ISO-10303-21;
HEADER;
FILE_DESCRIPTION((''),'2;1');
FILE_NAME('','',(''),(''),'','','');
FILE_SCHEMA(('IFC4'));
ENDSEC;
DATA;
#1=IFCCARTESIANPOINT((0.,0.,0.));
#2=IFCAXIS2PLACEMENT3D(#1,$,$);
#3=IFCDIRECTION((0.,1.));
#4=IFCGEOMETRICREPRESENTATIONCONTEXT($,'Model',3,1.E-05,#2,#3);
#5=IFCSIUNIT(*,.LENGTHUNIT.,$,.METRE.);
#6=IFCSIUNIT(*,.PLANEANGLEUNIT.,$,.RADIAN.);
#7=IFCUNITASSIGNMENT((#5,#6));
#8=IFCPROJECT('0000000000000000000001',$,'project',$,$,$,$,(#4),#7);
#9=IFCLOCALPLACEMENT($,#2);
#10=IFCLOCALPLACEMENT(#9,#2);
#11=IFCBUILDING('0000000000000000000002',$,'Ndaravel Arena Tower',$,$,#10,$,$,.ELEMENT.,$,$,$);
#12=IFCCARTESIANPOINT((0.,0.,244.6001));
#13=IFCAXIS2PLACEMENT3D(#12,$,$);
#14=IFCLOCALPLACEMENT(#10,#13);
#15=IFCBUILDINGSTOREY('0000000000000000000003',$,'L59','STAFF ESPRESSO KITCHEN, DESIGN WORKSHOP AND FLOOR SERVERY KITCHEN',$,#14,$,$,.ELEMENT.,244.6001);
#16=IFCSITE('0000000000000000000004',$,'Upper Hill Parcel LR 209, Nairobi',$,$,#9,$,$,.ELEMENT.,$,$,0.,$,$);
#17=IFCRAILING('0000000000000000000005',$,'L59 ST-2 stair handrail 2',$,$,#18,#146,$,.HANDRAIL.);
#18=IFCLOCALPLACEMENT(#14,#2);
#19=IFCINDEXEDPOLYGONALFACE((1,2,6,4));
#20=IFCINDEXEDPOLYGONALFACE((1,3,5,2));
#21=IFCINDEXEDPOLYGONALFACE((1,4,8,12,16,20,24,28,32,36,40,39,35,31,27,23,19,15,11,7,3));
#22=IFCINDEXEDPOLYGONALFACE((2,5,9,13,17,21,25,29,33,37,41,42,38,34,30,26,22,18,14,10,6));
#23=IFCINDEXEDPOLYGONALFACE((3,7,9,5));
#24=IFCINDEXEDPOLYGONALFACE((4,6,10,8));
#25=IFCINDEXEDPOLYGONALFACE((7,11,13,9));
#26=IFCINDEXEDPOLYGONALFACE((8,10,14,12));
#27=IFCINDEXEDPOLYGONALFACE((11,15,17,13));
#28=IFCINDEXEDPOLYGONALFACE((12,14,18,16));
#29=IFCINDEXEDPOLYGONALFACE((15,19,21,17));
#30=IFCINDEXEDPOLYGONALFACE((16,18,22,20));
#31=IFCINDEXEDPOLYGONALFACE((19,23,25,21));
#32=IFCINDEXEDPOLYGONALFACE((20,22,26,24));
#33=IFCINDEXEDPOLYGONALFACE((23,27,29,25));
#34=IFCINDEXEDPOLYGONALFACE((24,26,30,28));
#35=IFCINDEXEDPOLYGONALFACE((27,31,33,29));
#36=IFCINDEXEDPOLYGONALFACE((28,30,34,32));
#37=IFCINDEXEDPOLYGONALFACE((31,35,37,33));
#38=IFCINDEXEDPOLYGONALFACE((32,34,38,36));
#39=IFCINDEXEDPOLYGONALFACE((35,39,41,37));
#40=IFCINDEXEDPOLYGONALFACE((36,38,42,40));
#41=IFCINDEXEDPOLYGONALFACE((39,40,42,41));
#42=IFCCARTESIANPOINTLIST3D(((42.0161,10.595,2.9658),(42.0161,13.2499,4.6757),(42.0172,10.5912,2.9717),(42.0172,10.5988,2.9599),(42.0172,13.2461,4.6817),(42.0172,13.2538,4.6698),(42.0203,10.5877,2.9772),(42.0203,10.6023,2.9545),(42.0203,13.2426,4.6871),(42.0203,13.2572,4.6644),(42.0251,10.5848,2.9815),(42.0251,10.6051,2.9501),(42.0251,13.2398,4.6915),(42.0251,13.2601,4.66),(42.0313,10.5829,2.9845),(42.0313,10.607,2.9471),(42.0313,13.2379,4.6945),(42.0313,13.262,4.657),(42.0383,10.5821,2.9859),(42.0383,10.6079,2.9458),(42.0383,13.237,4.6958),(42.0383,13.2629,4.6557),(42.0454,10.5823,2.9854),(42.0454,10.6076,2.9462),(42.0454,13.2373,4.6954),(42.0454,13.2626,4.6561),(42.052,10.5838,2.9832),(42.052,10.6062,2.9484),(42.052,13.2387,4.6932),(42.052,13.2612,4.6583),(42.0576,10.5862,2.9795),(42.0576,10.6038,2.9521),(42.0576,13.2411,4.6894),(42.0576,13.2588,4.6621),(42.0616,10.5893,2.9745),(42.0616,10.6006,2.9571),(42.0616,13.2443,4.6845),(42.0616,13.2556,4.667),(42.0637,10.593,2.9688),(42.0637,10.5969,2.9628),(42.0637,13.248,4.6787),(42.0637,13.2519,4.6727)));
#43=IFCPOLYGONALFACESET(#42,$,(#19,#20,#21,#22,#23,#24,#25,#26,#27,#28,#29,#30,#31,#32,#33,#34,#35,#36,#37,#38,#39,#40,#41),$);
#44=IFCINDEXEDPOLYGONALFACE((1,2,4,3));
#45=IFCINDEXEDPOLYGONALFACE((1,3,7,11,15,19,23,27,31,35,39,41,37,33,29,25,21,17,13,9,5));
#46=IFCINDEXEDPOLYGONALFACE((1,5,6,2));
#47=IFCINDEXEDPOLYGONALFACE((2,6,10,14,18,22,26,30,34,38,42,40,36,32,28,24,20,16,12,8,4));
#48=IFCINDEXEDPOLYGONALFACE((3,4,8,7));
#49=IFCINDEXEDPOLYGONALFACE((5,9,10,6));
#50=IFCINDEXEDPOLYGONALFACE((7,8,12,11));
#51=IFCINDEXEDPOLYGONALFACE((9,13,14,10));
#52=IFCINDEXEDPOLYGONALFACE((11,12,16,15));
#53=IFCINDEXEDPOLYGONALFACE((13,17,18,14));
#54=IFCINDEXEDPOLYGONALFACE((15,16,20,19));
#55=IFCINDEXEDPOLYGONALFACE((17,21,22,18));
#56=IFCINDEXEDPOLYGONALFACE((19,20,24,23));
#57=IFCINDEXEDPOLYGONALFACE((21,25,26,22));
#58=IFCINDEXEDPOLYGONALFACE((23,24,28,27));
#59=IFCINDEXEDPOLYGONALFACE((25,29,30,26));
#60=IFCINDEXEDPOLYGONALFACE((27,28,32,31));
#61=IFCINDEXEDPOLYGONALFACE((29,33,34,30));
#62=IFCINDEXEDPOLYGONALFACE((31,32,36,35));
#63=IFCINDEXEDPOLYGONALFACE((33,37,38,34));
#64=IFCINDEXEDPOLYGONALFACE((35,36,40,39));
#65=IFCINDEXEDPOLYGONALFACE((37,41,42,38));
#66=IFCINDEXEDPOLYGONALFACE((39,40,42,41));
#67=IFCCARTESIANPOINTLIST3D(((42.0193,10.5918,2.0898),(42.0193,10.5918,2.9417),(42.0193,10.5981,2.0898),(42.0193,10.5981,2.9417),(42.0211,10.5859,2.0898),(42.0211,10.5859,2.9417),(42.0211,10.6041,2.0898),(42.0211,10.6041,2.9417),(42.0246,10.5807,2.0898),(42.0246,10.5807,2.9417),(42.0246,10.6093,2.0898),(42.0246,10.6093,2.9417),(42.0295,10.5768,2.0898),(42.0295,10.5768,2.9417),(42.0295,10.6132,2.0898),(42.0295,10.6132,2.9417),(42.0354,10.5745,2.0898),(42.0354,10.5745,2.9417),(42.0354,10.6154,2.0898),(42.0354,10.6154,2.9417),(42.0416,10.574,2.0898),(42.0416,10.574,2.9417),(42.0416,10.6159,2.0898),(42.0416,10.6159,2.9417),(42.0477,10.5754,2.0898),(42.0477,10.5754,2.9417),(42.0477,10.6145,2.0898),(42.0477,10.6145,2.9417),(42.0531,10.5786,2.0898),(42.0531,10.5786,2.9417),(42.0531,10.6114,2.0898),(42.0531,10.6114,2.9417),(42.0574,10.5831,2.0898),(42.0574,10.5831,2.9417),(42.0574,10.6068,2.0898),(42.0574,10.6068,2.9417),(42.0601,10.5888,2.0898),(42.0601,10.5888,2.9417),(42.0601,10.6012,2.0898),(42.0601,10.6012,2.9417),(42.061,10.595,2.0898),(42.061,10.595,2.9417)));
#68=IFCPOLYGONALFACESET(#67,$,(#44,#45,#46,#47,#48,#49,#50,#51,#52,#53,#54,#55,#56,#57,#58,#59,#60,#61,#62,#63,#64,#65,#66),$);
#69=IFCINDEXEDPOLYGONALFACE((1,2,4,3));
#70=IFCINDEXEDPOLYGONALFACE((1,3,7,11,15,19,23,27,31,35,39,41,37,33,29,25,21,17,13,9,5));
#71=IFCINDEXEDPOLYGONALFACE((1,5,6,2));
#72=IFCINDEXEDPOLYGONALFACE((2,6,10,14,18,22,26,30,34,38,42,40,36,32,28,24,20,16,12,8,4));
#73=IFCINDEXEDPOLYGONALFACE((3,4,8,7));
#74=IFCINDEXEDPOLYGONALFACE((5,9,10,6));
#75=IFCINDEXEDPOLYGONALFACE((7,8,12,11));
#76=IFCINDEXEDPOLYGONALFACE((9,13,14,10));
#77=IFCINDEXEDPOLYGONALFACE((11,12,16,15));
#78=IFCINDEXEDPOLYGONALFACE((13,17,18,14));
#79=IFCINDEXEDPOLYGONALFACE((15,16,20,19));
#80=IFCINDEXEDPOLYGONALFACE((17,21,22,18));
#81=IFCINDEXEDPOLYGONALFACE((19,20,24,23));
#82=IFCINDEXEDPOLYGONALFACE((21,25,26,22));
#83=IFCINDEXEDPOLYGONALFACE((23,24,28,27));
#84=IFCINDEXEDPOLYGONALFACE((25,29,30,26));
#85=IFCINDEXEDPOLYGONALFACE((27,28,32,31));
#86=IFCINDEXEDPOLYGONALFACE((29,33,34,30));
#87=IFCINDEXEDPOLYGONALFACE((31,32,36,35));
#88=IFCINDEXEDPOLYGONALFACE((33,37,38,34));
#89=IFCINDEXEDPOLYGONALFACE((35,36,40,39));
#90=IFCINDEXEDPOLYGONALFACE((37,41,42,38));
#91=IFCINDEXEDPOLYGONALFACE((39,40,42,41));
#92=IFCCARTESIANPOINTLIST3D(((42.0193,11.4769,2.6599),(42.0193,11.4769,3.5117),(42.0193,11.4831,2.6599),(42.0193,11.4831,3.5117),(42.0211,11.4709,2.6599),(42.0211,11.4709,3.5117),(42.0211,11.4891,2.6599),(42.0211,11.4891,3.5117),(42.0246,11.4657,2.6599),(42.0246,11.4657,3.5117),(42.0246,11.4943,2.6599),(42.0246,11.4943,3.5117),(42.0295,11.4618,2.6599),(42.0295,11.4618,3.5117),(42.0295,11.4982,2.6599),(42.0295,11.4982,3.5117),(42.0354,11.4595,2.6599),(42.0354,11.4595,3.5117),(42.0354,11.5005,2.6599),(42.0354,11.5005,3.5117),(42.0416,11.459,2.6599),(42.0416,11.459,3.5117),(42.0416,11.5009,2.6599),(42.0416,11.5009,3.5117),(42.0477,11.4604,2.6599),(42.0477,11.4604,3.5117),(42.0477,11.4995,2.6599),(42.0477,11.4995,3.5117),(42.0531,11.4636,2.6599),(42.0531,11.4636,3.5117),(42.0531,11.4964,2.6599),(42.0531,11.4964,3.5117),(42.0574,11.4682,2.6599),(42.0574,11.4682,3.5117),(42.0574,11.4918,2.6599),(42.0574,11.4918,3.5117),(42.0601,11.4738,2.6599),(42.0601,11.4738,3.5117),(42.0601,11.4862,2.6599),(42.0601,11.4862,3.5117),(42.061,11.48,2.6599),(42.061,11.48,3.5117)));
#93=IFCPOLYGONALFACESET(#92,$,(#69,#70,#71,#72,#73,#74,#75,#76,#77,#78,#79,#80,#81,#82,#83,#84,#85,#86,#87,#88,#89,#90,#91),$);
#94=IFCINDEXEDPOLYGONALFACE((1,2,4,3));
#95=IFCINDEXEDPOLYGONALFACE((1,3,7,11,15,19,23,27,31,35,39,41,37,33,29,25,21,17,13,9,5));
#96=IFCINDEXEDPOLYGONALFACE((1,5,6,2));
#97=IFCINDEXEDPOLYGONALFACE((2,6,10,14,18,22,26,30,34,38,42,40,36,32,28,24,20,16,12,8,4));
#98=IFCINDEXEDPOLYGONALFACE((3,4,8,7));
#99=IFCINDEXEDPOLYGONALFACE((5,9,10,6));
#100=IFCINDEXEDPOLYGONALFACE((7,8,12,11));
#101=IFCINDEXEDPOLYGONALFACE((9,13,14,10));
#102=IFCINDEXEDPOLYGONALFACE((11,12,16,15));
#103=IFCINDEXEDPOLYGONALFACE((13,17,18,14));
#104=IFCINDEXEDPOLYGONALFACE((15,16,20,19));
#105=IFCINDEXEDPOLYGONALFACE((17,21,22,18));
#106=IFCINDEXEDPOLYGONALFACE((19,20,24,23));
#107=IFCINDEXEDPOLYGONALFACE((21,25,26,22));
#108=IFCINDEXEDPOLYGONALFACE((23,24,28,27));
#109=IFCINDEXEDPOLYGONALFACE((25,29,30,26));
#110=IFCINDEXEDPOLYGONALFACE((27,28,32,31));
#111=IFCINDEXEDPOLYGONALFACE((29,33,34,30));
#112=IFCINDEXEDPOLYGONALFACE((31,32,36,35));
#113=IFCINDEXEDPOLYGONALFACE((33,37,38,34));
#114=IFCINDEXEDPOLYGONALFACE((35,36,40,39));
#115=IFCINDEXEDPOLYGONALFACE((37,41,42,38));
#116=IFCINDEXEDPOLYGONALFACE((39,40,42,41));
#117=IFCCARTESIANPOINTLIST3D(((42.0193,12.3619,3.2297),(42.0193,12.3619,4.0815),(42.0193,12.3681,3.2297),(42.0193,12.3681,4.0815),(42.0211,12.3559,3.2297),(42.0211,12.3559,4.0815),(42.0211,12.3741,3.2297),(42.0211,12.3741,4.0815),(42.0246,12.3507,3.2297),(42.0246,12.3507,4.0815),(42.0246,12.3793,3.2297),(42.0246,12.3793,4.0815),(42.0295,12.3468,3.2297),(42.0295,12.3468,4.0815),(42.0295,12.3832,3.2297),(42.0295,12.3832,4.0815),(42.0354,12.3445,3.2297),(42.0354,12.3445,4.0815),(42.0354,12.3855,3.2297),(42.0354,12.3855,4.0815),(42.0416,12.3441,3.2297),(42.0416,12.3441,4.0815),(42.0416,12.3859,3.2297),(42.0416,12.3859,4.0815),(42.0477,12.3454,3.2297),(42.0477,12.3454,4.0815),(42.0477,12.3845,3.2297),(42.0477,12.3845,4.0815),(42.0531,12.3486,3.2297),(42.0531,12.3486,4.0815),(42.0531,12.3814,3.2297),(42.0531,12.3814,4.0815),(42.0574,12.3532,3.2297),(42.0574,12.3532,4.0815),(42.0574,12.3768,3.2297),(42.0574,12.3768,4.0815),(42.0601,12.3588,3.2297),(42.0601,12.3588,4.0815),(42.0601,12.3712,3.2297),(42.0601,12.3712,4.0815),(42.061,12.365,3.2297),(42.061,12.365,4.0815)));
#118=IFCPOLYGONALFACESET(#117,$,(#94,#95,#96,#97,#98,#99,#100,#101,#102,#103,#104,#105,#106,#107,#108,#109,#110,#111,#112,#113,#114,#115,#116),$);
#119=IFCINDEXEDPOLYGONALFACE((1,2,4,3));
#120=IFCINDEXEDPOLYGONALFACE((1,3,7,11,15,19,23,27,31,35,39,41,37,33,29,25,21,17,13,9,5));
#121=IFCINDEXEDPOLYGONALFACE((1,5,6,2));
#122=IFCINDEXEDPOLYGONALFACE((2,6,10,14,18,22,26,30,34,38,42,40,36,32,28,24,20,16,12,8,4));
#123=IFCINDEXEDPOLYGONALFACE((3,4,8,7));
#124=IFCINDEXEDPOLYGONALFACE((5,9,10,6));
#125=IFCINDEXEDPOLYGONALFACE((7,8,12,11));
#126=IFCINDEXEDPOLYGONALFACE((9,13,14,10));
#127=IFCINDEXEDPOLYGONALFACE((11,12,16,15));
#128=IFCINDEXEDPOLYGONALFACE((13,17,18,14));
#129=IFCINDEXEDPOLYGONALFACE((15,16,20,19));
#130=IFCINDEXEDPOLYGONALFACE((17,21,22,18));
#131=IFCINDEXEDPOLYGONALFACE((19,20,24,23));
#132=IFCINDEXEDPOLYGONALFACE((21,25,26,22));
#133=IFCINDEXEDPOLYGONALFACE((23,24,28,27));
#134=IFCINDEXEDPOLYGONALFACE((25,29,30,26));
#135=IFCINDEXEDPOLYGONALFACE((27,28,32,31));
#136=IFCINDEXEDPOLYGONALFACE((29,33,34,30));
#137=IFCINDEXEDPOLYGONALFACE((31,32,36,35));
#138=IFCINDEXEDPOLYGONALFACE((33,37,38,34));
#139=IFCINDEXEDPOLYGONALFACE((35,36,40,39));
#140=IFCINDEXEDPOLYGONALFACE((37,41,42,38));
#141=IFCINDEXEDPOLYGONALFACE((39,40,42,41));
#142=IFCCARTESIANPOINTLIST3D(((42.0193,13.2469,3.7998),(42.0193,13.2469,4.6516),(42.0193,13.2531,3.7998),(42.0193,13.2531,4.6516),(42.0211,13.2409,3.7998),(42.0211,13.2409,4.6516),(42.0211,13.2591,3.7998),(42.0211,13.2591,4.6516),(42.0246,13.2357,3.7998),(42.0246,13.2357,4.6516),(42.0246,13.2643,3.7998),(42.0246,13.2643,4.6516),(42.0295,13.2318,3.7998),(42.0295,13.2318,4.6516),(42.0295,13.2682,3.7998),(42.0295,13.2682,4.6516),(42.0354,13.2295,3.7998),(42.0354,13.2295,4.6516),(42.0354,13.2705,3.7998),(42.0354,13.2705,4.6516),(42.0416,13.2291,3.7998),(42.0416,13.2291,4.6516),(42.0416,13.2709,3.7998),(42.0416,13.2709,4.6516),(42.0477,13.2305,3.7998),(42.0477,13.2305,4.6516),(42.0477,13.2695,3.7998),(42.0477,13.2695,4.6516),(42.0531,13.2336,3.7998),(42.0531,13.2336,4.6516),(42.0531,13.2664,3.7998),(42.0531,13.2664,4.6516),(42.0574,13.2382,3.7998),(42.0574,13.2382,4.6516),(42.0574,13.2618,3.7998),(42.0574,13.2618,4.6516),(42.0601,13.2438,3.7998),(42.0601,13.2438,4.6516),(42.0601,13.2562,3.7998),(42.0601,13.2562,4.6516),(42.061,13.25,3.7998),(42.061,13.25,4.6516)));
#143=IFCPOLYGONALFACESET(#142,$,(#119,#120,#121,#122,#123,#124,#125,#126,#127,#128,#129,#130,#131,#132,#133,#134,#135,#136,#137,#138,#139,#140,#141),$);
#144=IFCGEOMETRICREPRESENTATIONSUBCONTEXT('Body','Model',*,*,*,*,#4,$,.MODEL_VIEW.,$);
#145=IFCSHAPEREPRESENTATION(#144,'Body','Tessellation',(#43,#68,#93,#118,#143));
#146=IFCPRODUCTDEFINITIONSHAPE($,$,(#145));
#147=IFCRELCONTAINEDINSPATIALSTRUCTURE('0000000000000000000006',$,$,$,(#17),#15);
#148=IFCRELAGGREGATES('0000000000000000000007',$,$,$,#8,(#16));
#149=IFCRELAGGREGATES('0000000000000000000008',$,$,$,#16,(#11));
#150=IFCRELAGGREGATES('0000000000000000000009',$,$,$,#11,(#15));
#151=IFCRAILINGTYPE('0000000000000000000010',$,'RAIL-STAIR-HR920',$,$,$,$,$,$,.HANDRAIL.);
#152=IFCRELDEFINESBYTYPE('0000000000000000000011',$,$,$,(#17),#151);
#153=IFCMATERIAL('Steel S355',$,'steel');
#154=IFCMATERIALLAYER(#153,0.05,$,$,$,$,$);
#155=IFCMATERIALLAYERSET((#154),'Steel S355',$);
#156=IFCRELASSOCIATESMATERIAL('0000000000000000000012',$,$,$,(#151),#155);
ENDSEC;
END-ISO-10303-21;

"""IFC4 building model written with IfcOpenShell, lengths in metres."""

from ifc_helpers import new_model, si_unit, direction, frame, origin, origin_2d, place, context, subcontext, project, spatial, circle, extrude, material, layer, layer_set, type_object, element, save


model = new_model("IFC4")

# Units and contexts
model_context = context("Model", 3, precision=1e-05, world=origin(), true_north=direction((0.0, 1.0)))
body_context = subcontext(model_context, "Body", "Model", "MODEL_VIEW")
ifc_project = project(units=[si_unit("LENGTHUNIT", "METRE"), si_unit("PLANEANGLEUNIT", "RADIAN")], contexts=[model_context])

# Site, building, storey
site_placement = place(None, origin())
site = spatial("IfcSite", under=ifc_project, at=site_placement, Name="Upper Hill Parcel LR 209, Nairobi", CompositionType="ELEMENT", RefElevation=0.0)
building_placement = place(site_placement, origin())
building = spatial("IfcBuilding", under=site, at=building_placement, Name="Ndaravel Arena Tower", CompositionType="ELEMENT")
storey_placement = place(building_placement, frame((0.0, 0.0, 244.6001)))
storey = spatial("IfcBuildingStorey", under=building, at=storey_placement, Name="L59", Description="STAFF ESPRESSO KITCHEN, DESIGN WORKSHOP AND FLOOR SERVERY KITCHEN", CompositionType="ELEMENT", Elevation=244.6001)

# Railing
ifc_material_1 = material(Name="Steel S355", Category="steel")
ifc_layer_1 = layer(ifc_material_1, 0.05)
ifc_layer_set_1 = layer_set([ifc_layer_1], Name="Steel S355")
railing_type_1 = type_object("IfcRailingType", Name="RAIL-STAIR-HR920", PredefinedType="HANDRAIL", material=ifc_layer_set_1)
railing_1_placement = place(storey_placement, frame((42.04, 10.595, 2.0898)))
element("IfcRailing", 1, at=railing_1_placement, inside=storey, type_object=railing_type_1, Name="L59 ST-2 stair handrail 2", PredefinedType="HANDRAIL", context=body_context, shape_type="SweptSolid", body=[
    extrude(circle(Radius=0.0239, at=origin_2d()), frame((0.0, 0.0, 0.876), z_axis=(0.0, 0.840724, 0.541465), x_axis=(-1.0, 0.0, 0.0)), (0.0, 0.0, 1.0), 3.158),
    extrude(circle(Radius=0.021, at=origin_2d()), origin(), (0.0, 0.0, 1.0), 0.8518),
    extrude(circle(Radius=0.021, at=origin_2d()), frame((0.0, 0.885, 0.5701)), (0.0, 0.0, 1.0), 0.8518),
    extrude(circle(Radius=0.021, at=origin_2d()), frame((0.0, 1.77, 1.1399)), (0.0, 0.0, 1.0), 0.8518),
    extrude(circle(Radius=0.021, at=origin_2d()), frame((0.0, 2.655, 1.71)), (0.0, 0.0, 1.0), 0.8518),
])

save(model, "model.ifc")
